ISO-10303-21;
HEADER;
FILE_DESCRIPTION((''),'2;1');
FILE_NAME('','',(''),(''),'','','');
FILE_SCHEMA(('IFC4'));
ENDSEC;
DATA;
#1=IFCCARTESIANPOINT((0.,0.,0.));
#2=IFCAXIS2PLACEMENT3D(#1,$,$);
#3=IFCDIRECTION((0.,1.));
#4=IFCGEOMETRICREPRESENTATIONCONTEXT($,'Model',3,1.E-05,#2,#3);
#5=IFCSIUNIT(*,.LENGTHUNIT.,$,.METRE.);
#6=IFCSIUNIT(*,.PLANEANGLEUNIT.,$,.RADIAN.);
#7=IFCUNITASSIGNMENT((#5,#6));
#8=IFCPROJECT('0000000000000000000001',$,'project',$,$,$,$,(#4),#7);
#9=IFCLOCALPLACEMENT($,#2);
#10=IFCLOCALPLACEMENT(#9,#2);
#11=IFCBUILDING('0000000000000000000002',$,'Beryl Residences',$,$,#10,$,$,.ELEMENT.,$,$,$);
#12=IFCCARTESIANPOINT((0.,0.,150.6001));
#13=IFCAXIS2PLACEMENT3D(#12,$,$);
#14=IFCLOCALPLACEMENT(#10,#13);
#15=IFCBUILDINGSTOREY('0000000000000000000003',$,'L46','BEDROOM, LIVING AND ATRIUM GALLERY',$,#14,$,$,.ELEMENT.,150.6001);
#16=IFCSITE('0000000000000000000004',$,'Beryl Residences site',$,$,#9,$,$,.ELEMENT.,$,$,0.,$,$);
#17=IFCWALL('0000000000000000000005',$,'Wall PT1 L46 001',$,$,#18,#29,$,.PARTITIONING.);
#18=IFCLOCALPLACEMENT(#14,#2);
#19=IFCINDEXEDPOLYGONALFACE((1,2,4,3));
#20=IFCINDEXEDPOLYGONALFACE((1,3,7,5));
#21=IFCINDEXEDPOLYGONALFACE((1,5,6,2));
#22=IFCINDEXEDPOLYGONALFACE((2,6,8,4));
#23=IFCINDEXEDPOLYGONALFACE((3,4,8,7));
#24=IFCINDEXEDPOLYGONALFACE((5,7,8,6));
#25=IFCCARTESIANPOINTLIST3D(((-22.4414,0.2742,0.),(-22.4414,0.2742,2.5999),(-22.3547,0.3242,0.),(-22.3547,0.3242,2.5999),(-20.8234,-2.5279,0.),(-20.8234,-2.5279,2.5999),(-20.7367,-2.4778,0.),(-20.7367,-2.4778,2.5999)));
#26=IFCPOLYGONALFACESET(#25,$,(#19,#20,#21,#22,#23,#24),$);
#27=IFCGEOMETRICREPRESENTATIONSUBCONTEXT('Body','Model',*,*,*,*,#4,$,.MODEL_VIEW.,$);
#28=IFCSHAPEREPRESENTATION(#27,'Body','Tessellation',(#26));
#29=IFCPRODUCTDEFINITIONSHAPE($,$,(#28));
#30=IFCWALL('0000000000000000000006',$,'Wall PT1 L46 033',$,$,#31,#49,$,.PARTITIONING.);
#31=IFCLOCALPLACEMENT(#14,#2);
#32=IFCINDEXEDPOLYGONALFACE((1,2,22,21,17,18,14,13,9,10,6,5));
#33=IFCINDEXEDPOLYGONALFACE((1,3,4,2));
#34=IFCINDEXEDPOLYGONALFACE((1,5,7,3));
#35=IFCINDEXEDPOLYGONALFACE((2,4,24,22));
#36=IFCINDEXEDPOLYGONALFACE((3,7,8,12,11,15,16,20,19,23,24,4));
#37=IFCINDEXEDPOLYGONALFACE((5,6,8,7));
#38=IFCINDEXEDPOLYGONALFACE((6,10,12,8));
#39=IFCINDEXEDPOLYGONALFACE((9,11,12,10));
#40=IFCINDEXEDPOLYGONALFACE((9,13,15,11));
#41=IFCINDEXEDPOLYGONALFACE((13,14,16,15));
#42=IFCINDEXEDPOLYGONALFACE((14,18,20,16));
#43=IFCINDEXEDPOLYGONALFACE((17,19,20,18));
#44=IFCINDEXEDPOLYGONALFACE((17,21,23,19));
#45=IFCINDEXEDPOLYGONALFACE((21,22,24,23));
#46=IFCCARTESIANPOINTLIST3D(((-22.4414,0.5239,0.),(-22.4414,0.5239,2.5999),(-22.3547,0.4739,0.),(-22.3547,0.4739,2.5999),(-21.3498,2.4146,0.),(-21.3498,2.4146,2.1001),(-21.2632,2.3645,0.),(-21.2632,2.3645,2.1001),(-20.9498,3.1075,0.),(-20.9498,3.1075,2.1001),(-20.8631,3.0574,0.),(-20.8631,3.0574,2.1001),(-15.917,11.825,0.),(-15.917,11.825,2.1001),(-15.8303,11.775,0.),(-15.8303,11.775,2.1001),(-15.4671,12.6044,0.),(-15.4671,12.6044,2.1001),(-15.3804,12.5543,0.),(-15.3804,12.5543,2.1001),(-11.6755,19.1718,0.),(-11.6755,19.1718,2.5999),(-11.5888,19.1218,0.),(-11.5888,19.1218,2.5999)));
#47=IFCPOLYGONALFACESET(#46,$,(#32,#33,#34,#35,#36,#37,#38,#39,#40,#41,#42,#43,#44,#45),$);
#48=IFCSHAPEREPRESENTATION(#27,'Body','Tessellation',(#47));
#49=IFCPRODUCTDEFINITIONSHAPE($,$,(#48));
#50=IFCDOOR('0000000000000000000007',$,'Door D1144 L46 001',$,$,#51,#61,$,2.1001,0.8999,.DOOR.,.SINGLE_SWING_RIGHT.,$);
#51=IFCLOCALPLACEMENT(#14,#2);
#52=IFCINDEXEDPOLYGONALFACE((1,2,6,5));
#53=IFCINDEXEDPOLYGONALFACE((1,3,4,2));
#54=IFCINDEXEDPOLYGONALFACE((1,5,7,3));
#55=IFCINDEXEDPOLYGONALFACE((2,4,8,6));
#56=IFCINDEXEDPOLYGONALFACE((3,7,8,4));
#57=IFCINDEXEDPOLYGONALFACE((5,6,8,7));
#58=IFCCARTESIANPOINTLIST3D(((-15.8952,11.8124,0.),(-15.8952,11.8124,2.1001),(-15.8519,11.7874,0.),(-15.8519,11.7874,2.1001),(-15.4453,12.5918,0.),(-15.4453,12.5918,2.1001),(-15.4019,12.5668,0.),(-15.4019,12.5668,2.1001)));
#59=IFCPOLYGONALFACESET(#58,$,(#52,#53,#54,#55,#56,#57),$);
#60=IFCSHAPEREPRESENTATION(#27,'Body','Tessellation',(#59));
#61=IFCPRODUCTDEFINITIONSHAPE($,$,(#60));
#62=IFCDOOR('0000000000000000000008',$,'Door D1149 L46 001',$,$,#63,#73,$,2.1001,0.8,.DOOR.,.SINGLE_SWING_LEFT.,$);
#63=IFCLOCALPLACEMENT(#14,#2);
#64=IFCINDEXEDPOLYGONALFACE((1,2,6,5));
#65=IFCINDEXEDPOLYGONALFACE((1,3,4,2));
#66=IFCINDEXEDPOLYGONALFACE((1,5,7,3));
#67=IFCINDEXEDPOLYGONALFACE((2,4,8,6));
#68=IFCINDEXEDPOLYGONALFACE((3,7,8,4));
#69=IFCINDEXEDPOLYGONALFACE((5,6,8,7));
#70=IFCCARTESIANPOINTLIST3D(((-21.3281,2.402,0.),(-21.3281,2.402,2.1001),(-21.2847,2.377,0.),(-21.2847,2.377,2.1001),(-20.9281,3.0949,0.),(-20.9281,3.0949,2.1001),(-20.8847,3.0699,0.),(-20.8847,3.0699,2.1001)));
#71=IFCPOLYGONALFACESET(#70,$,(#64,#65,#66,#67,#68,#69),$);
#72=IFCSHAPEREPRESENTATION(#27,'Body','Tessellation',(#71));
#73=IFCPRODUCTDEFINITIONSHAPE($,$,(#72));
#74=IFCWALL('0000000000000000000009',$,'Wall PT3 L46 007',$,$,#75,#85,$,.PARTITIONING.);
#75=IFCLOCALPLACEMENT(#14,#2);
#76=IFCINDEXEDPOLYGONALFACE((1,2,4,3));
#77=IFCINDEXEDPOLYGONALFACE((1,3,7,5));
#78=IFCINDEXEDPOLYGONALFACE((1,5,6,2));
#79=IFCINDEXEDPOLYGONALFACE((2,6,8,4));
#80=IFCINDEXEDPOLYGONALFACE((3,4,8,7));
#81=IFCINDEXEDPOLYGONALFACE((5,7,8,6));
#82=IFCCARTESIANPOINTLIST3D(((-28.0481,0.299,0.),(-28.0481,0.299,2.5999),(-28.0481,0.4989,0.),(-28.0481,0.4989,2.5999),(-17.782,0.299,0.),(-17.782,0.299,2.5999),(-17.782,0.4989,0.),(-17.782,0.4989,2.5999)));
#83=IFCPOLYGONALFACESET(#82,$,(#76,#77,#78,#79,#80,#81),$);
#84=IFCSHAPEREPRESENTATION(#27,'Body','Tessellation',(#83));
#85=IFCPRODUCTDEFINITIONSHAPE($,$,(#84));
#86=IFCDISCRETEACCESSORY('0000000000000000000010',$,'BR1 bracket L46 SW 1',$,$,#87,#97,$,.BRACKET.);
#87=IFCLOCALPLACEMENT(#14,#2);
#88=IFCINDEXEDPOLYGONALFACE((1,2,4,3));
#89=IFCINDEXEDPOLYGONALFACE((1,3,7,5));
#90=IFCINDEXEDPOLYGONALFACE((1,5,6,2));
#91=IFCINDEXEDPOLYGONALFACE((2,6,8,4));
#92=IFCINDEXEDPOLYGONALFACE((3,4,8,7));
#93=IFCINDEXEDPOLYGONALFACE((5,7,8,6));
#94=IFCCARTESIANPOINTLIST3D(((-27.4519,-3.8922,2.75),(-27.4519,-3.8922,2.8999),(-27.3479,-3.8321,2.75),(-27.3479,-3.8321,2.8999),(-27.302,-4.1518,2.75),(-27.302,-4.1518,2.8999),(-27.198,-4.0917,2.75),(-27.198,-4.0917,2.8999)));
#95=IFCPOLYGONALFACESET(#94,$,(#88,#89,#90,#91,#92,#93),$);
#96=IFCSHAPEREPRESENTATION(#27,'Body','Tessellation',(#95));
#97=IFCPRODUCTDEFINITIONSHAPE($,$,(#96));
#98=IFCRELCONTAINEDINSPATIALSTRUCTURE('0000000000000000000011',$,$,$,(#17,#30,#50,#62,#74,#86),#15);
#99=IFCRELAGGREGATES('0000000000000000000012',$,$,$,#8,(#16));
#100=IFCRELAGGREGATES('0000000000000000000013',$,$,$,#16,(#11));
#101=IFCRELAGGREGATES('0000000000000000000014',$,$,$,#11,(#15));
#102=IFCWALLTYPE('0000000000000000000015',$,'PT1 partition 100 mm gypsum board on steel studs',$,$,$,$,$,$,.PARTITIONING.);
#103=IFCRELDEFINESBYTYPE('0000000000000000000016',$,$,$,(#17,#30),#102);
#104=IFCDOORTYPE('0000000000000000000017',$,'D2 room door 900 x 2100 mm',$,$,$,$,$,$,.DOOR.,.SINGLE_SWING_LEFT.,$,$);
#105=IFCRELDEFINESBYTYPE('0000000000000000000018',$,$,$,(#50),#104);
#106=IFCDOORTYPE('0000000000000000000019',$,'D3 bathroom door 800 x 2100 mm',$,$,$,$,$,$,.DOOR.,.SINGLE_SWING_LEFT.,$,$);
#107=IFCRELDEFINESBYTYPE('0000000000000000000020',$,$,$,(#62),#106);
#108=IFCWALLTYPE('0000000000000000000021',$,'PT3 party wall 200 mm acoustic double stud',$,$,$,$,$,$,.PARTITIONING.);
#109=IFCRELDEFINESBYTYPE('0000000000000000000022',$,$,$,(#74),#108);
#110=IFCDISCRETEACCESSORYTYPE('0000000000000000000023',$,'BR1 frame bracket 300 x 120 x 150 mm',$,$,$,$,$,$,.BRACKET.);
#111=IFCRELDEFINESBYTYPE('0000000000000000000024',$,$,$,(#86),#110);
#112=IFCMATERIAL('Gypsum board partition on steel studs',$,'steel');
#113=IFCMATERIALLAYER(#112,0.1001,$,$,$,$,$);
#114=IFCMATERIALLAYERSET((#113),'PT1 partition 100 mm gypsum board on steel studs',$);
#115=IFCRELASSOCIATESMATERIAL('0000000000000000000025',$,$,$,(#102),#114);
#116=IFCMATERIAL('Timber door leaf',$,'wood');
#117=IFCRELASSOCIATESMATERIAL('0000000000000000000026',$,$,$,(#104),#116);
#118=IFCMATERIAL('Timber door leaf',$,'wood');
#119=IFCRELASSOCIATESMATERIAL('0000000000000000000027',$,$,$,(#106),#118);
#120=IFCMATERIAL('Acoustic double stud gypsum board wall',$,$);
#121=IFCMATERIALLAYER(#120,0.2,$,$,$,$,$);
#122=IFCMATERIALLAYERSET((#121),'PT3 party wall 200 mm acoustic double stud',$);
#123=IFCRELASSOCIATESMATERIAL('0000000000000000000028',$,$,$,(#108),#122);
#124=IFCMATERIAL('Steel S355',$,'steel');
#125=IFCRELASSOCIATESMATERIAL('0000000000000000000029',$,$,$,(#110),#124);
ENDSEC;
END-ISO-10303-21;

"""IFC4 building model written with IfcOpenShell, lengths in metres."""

from ifc_helpers import new_model, si_unit, direction, frame, frame_2d, origin, place, context, subcontext, project, spatial, polyline, rectangle, outline, extrude, source, transform, mapped, material, layer, layer_set, type_object, type_shapes, element, fill, save


model = new_model("IFC4")

# Units and contexts
model_context = context("Model", 3, precision=1e-05, world=origin(), true_north=direction((0.0, 1.0)))
body_context = subcontext(model_context, "Body", "Model", "MODEL_VIEW")
ifc_project = project(units=[si_unit("LENGTHUNIT", "METRE"), si_unit("PLANEANGLEUNIT", "RADIAN")], contexts=[model_context])

# Site, building, storey
site_placement = place(None, origin())
site = spatial("IfcSite", under=ifc_project, at=site_placement, Name="Beryl Residences site", CompositionType="ELEMENT", RefElevation=0.0)
building_placement = place(site_placement, origin())
building = spatial("IfcBuilding", under=site, at=building_placement, Name="Beryl Residences", CompositionType="ELEMENT")
storey_placement = place(building_placement, frame((0.0, 0.0, 150.6001)))
storey = spatial("IfcBuildingStorey", under=building, at=storey_placement, Name="L46", Description="BEDROOM, LIVING AND ATRIUM GALLERY", CompositionType="ELEMENT", Elevation=150.6001)

# Wall
ifc_material_1 = material(Name="Gypsum board partition on steel studs", Category="steel")
ifc_layer_1 = layer(ifc_material_1, 0.1001)
ifc_layer_set_1 = layer_set([ifc_layer_1], Name="PT1 partition 100 mm gypsum board on steel studs")
wall_type_1 = type_object("IfcWallType", Name="PT1 partition 100 mm gypsum board on steel studs", PredefinedType="PARTITIONING", material=ifc_layer_set_1)
wall_1_placement = place(storey_placement, frame((-22.3979, 0.2991, 0.0), z_axis=(0.0, 0.0, 1.0), x_axis=(0.500042, -0.866001, 0.0)))
element("IfcWall", 1, at=wall_1_placement, inside=storey, type_object=wall_type_1, Name="Wall PT1 L46 001", PredefinedType="PARTITIONING", context=body_context, shape_type="SweptSolid", body=[
    extrude(rectangle(XDim=3.2356, YDim=0.1001, at=frame_2d((1.6177, 0.0))), origin(), (0.0, 0.0, 1.0), 2.5999),
])

# Wall, openings, doors
wall_2_placement = place(storey_placement, frame((-22.3979, 0.499, 0.0), z_axis=(0.0, 0.0, 1.0), x_axis=(0.499982, 0.866036, 0.0)))
wall_2 = element("IfcWall", 2, at=wall_2_placement, inside=storey, type_object=wall_type_1, Name="Wall PT1 L46 033", PredefinedType="PARTITIONING", context=body_context, shape_type="SweptSolid", body=[
    extrude(rectangle(XDim=21.5325, YDim=0.1001, at=frame_2d((10.7661, 0.0))), origin(), (0.0, 0.0, 1.0), 2.5999),
])
opening_1_placement = place(wall_2_placement, frame((13.0491, 0.0, 0.0)))
opening_1 = element("IfcOpeningElement", 3, at=opening_1_placement, cuts=wall_2, PredefinedType="OPENING", context=body_context, shape_type="SweptSolid", body=[
    extrude(rectangle(XDim=0.8999, YDim=2.1001, at=frame_2d((0.45, 1.05))), frame((0.0, 0.0601, 0.0), z_axis=(0.0, -1.0, 0.0), x_axis=(1.0, 0.0, 0.0)), (0.0, 0.0, 1.0), 0.1201),
])
opening_2_placement = place(wall_2_placement, frame((2.1831, 0.0, 0.0)))
opening_2 = element("IfcOpeningElement", 4, at=opening_2_placement, cuts=wall_2, PredefinedType="OPENING", context=body_context, shape_type="SweptSolid", body=[
    extrude(rectangle(XDim=0.8, YDim=2.1001, at=frame_2d((0.3999, 1.05))), frame((0.0, 0.0601, 0.0), z_axis=(0.0, -1.0, 0.0), x_axis=(1.0, 0.0, 0.0)), (0.0, 0.0, 1.0), 0.1201),
])
ifc_material_2 = material(Name="Timber door leaf", Category="wood")
door_type_1 = type_object("IfcDoorType", Name="D2 room door 900 x 2100 mm", OperationType="SINGLE_SWING_LEFT", PredefinedType="DOOR", material=ifc_material_2)
door_1_placement = place(opening_1_placement, origin())
door_1 = element("IfcDoor", 5, at=door_1_placement, inside=storey, type_object=door_type_1, Name="Door D1144 L46 001", OperationType="SINGLE_SWING_RIGHT", OverallHeight=2.1001, OverallWidth=0.8999, PredefinedType="DOOR", context=body_context, shape_type="SweptSolid", body=[
    extrude(rectangle(XDim=0.8999, YDim=2.1001, at=frame_2d((0.45, 1.05))), frame((0.0, 0.0249, 0.0), z_axis=(0.0, -1.0, 0.0), x_axis=(1.0, 0.0, 0.0)), (0.0, 0.0, 1.0), 0.05),
])
fill(opening_1, door_1)
ifc_material_3 = material(Name="Timber door leaf", Category="wood")
door_type_2 = type_object("IfcDoorType", Name="D3 bathroom door 800 x 2100 mm", OperationType="SINGLE_SWING_LEFT", PredefinedType="DOOR", material=ifc_material_3)
door_2_placement = place(opening_2_placement, origin())
door_2 = element("IfcDoor", 6, at=door_2_placement, inside=storey, type_object=door_type_2, Name="Door D1149 L46 001", OperationType="SINGLE_SWING_LEFT", OverallHeight=2.1001, OverallWidth=0.8, PredefinedType="DOOR", context=body_context, shape_type="SweptSolid", body=[
    extrude(rectangle(XDim=0.8, YDim=2.1001, at=frame_2d((0.3999, 1.05))), frame((0.0, 0.0249, 0.0), z_axis=(0.0, -1.0, 0.0), x_axis=(1.0, 0.0, 0.0)), (0.0, 0.0, 1.0), 0.05),
])
fill(opening_2, door_2)

# Wall
ifc_material_4 = material(Name="Acoustic double stud gypsum board wall")
ifc_layer_2 = layer(ifc_material_4, 0.2)
ifc_layer_set_2 = layer_set([ifc_layer_2], Name="PT3 party wall 200 mm acoustic double stud")
wall_type_2 = type_object("IfcWallType", Name="PT3 party wall 200 mm acoustic double stud", PredefinedType="PARTITIONING", material=ifc_layer_set_2)
wall_3_placement = place(storey_placement, frame((-28.0481, 0.3989, 0.0), z_axis=(0.0, 0.0, 1.0), x_axis=(1.0, 0.0, 0.0)))
element("IfcWall", 7, at=wall_3_placement, inside=storey, type_object=wall_type_2, Name="Wall PT3 L46 007", PredefinedType="PARTITIONING", context=body_context, shape_type="SweptSolid", body=[
    extrude(rectangle(XDim=10.2661, YDim=0.2, at=frame_2d((5.1331, 0.0))), origin(), (0.0, 0.0, 1.0), 2.5999),
])

# Discrete accessory
ifc_material_5 = material(Name="Steel S355", Category="steel")
discrete_accessory_type = type_object("IfcDiscreteAccessoryType", Name="BR1 frame bracket 300 x 120 x 150 mm", PredefinedType="BRACKET", material=ifc_material_5)
shared_shape_1 = source(origin(), body_context, "Body", "SweptSolid", [
    extrude(outline(polyline([(-0.1499, 0.0), (0.1499, 0.0), (0.1499, 0.1201), (-0.1499, 0.1201), (-0.1499, 0.0)])), origin(), (0.0, 0.0, 1.0), 0.1499),
])
type_shapes(discrete_accessory_type, [shared_shape_1])
discrete_accessory_placement = place(storey_placement, frame((-27.2729, -3.9619, 2.75), z_axis=(0.0, 0.0, 1.0), x_axis=(-0.5, 0.866025, 0.0)))
element("IfcDiscreteAccessory", 8, at=discrete_accessory_placement, inside=storey, type_object=discrete_accessory_type, Name="BR1 bracket L46 SW 1", PredefinedType="BRACKET", context=body_context, shape_type="MappedRepresentation", body=[
    mapped(shared_shape_1, transform((0.0, 0.0, 0.0))),
])

save(model, "model.ifc")
